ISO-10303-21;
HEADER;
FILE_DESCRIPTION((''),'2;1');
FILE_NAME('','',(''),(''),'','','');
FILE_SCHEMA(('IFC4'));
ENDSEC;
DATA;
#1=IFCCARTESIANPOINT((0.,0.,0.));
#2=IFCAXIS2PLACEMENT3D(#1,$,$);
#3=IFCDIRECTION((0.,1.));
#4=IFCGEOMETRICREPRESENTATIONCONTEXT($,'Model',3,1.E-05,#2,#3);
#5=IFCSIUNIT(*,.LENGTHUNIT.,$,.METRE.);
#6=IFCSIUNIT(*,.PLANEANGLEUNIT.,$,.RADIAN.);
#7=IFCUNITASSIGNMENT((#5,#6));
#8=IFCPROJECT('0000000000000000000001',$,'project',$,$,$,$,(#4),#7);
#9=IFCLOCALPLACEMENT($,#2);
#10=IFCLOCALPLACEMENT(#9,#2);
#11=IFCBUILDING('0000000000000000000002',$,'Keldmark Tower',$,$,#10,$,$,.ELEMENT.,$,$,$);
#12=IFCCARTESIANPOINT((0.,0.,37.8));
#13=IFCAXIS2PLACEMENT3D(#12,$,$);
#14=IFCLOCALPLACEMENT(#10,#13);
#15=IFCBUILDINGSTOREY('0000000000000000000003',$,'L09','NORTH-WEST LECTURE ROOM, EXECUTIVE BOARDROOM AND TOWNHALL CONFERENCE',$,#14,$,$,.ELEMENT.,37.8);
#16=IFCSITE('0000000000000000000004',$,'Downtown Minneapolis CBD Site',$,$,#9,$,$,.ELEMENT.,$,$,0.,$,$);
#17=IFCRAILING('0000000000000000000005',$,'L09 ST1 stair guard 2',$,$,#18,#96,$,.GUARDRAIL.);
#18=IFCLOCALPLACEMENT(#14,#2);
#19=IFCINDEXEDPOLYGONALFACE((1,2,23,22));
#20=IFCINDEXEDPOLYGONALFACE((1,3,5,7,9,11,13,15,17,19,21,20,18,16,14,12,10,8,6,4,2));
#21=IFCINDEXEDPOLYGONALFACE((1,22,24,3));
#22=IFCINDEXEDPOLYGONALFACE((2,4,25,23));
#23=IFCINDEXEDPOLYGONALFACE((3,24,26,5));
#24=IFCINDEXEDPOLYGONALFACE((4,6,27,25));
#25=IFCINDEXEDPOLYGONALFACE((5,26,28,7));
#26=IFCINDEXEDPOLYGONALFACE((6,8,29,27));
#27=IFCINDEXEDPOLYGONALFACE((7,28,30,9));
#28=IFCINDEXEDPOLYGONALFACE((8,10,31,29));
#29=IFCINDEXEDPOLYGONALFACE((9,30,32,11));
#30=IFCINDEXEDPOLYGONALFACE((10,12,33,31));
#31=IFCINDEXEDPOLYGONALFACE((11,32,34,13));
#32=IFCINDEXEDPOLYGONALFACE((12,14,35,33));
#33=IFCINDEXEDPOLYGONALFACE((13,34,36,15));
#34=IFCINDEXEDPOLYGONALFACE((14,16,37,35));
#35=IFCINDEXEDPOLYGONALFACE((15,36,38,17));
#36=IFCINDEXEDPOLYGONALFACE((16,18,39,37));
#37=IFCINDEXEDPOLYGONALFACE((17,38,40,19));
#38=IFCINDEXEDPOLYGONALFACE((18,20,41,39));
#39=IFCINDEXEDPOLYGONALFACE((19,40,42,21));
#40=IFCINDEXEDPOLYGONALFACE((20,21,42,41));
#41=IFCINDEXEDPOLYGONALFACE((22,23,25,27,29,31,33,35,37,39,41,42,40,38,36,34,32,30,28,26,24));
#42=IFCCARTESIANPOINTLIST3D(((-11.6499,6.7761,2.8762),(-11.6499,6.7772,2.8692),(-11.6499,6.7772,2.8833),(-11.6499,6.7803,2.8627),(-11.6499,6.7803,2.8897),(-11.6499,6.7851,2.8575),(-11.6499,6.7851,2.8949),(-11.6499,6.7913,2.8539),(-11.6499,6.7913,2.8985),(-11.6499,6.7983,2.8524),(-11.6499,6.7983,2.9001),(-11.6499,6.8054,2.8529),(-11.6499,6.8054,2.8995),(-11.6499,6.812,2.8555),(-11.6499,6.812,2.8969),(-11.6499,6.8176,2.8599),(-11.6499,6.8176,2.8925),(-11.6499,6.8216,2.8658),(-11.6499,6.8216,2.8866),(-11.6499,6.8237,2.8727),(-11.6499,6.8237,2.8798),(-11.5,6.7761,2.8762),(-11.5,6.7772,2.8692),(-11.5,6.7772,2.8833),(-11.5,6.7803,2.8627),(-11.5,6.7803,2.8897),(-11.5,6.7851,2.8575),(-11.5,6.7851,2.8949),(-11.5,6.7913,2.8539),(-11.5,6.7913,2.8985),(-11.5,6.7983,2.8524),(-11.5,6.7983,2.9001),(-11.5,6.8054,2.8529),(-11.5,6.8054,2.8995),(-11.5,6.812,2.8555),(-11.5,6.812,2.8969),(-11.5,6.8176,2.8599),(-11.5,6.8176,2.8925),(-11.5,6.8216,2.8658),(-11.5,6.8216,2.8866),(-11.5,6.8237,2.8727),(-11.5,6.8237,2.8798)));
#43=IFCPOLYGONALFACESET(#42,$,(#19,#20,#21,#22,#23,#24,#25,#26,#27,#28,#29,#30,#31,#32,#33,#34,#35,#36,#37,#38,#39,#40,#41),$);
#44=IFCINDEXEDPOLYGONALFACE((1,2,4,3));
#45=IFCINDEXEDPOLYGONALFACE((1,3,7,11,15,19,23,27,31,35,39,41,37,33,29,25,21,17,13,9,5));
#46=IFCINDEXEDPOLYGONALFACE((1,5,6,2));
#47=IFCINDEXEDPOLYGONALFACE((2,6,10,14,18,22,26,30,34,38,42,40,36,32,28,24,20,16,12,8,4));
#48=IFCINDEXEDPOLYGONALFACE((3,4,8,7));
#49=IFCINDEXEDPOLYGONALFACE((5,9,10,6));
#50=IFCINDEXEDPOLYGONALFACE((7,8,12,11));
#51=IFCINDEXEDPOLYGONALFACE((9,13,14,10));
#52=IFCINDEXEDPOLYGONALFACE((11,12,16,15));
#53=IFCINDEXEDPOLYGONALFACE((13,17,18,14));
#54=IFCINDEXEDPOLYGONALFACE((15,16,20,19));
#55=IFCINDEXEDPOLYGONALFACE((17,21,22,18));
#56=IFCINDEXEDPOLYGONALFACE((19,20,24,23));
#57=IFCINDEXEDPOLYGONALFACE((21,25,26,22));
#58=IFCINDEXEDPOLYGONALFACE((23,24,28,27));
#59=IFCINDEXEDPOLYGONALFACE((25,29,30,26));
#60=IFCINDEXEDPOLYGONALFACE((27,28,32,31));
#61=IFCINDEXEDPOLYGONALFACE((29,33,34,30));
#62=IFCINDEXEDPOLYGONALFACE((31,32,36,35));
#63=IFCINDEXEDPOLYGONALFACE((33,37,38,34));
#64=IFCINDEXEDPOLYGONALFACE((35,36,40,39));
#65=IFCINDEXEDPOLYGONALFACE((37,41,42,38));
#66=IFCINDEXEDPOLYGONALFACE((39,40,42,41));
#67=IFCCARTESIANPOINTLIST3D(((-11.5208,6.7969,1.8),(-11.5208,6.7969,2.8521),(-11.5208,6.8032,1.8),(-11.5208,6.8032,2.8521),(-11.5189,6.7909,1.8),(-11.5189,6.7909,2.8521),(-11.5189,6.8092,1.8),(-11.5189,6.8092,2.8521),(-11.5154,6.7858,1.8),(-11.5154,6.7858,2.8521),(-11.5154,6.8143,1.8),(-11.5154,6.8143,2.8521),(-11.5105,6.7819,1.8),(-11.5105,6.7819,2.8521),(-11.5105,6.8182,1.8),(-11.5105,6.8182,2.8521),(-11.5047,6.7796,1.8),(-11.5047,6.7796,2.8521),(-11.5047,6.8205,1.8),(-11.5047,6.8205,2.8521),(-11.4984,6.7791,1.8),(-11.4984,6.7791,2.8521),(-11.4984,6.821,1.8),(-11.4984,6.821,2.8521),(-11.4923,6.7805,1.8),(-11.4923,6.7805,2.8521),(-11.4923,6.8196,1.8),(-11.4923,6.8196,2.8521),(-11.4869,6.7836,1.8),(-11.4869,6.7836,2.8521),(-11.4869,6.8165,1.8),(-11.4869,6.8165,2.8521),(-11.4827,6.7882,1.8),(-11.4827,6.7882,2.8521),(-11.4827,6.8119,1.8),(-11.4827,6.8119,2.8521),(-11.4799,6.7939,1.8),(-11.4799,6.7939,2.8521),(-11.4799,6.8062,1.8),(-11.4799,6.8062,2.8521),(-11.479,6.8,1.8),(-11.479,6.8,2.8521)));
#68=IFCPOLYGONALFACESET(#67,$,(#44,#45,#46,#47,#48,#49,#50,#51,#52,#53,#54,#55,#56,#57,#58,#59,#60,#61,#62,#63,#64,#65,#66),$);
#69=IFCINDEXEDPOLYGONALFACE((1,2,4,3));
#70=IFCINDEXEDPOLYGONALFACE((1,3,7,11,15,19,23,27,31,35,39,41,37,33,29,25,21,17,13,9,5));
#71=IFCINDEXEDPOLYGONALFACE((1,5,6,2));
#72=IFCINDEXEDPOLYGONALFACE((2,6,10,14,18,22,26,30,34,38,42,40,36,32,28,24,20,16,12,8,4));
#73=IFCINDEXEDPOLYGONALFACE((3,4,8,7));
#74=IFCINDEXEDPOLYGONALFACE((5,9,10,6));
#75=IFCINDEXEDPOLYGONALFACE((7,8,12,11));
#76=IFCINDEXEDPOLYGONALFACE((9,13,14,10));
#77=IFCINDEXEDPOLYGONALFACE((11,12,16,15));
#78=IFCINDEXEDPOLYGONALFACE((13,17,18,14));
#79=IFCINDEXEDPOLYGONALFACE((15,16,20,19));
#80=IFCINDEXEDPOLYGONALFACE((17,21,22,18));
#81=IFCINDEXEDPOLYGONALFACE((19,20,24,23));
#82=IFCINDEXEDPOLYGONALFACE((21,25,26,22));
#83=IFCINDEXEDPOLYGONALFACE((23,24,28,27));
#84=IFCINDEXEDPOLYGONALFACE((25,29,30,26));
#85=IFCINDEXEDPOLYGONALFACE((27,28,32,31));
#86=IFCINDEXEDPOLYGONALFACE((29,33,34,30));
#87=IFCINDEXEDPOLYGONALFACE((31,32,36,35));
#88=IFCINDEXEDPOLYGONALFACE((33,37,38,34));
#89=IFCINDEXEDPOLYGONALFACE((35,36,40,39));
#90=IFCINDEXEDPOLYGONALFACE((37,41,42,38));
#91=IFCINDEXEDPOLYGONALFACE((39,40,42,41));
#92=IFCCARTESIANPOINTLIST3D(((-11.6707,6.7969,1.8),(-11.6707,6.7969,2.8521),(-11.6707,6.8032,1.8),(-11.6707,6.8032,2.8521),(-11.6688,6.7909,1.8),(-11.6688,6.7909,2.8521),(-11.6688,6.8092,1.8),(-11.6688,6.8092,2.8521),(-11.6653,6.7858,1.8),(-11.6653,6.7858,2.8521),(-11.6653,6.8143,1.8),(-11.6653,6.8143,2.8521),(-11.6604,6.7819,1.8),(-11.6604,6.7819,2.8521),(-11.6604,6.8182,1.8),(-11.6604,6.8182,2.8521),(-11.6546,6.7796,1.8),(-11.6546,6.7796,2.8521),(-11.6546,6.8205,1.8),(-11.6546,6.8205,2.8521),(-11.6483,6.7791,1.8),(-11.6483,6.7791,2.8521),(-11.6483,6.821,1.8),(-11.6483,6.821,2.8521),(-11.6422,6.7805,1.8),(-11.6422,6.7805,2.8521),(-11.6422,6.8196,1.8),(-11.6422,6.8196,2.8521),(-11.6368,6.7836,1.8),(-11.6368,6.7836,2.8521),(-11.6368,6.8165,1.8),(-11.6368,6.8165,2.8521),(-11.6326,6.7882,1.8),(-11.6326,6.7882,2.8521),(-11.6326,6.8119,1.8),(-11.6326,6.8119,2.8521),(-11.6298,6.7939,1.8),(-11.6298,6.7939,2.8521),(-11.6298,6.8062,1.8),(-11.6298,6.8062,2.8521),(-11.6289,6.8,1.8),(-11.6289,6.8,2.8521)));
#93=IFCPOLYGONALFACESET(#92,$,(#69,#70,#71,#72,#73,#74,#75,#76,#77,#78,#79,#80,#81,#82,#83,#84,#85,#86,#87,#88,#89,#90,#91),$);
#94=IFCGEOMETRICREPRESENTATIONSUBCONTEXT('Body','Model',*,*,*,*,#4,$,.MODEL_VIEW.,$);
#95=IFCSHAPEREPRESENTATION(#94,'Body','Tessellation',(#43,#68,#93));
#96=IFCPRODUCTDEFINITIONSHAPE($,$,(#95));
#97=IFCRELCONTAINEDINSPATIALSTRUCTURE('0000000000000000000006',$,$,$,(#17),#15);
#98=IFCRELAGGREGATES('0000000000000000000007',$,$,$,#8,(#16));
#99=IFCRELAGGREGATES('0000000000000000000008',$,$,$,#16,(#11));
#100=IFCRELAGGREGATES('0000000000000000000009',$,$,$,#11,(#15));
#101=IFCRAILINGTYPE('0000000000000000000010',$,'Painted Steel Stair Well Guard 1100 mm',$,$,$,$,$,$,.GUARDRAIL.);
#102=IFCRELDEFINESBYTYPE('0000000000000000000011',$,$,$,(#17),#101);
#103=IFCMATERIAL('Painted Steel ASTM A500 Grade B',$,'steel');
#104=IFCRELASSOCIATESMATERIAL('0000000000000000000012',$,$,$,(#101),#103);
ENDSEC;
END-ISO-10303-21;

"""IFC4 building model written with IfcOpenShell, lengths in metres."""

from ifc_helpers import new_model, si_unit, direction, frame, origin, origin_2d, place, context, subcontext, project, spatial, circle, extrude, material, type_object, element, save


model = new_model("IFC4")

# Units and contexts
model_context = context("Model", 3, precision=1e-05, world=origin(), true_north=direction((0.0, 1.0)))
body_context = subcontext(model_context, "Body", "Model", "MODEL_VIEW")
ifc_project = project(units=[si_unit("LENGTHUNIT", "METRE"), si_unit("PLANEANGLEUNIT", "RADIAN")], contexts=[model_context])

# Site, building, storey
site_placement = place(None, origin())
site = spatial("IfcSite", under=ifc_project, at=site_placement, Name="Downtown Minneapolis CBD Site", CompositionType="ELEMENT", RefElevation=0.0)
building_placement = place(site_placement, origin())
building = spatial("IfcBuilding", under=site, at=building_placement, Name="Keldmark Tower", CompositionType="ELEMENT")
storey_placement = place(building_placement, frame((0.0, 0.0, 37.8)))
storey = spatial("IfcBuildingStorey", under=building, at=storey_placement, Name="L09", Description="NORTH-WEST LECTURE ROOM, EXECUTIVE BOARDROOM AND TOWNHALL CONFERENCE", CompositionType="ELEMENT", Elevation=37.8)

# Railing
ifc_material_1 = material(Name="Painted Steel ASTM A500 Grade B", Category="steel")
railing_type_1 = type_object("IfcRailingType", Name="Painted Steel Stair Well Guard 1100 mm", PredefinedType="GUARDRAIL", material=ifc_material_1)
railing_1_placement = place(storey_placement, frame((-11.5, 6.8, 1.8)))
element("IfcRailing", 1, at=railing_1_placement, inside=storey, type_object=railing_type_1, Name="L09 ST1 stair guard 2", PredefinedType="GUARDRAIL", context=body_context, shape_type="SweptSolid", body=[
    extrude(circle(Radius=0.0239, at=origin_2d()), frame((0.0, 0.0, 1.0762), z_axis=(-1.0, 0.0, 0.0), x_axis=(0.0, -1.0, 0.0)), (0.0, 0.0, 1.0), 0.1499),
    extrude(circle(Radius=0.021, at=origin_2d()), origin(), (0.0, 0.0, 1.0), 1.052),
    extrude(circle(Radius=0.021, at=origin_2d()), frame((-0.1499, 0.0, 0.0)), (0.0, 0.0, 1.0), 1.052),
])

save(model, "model.ifc")
